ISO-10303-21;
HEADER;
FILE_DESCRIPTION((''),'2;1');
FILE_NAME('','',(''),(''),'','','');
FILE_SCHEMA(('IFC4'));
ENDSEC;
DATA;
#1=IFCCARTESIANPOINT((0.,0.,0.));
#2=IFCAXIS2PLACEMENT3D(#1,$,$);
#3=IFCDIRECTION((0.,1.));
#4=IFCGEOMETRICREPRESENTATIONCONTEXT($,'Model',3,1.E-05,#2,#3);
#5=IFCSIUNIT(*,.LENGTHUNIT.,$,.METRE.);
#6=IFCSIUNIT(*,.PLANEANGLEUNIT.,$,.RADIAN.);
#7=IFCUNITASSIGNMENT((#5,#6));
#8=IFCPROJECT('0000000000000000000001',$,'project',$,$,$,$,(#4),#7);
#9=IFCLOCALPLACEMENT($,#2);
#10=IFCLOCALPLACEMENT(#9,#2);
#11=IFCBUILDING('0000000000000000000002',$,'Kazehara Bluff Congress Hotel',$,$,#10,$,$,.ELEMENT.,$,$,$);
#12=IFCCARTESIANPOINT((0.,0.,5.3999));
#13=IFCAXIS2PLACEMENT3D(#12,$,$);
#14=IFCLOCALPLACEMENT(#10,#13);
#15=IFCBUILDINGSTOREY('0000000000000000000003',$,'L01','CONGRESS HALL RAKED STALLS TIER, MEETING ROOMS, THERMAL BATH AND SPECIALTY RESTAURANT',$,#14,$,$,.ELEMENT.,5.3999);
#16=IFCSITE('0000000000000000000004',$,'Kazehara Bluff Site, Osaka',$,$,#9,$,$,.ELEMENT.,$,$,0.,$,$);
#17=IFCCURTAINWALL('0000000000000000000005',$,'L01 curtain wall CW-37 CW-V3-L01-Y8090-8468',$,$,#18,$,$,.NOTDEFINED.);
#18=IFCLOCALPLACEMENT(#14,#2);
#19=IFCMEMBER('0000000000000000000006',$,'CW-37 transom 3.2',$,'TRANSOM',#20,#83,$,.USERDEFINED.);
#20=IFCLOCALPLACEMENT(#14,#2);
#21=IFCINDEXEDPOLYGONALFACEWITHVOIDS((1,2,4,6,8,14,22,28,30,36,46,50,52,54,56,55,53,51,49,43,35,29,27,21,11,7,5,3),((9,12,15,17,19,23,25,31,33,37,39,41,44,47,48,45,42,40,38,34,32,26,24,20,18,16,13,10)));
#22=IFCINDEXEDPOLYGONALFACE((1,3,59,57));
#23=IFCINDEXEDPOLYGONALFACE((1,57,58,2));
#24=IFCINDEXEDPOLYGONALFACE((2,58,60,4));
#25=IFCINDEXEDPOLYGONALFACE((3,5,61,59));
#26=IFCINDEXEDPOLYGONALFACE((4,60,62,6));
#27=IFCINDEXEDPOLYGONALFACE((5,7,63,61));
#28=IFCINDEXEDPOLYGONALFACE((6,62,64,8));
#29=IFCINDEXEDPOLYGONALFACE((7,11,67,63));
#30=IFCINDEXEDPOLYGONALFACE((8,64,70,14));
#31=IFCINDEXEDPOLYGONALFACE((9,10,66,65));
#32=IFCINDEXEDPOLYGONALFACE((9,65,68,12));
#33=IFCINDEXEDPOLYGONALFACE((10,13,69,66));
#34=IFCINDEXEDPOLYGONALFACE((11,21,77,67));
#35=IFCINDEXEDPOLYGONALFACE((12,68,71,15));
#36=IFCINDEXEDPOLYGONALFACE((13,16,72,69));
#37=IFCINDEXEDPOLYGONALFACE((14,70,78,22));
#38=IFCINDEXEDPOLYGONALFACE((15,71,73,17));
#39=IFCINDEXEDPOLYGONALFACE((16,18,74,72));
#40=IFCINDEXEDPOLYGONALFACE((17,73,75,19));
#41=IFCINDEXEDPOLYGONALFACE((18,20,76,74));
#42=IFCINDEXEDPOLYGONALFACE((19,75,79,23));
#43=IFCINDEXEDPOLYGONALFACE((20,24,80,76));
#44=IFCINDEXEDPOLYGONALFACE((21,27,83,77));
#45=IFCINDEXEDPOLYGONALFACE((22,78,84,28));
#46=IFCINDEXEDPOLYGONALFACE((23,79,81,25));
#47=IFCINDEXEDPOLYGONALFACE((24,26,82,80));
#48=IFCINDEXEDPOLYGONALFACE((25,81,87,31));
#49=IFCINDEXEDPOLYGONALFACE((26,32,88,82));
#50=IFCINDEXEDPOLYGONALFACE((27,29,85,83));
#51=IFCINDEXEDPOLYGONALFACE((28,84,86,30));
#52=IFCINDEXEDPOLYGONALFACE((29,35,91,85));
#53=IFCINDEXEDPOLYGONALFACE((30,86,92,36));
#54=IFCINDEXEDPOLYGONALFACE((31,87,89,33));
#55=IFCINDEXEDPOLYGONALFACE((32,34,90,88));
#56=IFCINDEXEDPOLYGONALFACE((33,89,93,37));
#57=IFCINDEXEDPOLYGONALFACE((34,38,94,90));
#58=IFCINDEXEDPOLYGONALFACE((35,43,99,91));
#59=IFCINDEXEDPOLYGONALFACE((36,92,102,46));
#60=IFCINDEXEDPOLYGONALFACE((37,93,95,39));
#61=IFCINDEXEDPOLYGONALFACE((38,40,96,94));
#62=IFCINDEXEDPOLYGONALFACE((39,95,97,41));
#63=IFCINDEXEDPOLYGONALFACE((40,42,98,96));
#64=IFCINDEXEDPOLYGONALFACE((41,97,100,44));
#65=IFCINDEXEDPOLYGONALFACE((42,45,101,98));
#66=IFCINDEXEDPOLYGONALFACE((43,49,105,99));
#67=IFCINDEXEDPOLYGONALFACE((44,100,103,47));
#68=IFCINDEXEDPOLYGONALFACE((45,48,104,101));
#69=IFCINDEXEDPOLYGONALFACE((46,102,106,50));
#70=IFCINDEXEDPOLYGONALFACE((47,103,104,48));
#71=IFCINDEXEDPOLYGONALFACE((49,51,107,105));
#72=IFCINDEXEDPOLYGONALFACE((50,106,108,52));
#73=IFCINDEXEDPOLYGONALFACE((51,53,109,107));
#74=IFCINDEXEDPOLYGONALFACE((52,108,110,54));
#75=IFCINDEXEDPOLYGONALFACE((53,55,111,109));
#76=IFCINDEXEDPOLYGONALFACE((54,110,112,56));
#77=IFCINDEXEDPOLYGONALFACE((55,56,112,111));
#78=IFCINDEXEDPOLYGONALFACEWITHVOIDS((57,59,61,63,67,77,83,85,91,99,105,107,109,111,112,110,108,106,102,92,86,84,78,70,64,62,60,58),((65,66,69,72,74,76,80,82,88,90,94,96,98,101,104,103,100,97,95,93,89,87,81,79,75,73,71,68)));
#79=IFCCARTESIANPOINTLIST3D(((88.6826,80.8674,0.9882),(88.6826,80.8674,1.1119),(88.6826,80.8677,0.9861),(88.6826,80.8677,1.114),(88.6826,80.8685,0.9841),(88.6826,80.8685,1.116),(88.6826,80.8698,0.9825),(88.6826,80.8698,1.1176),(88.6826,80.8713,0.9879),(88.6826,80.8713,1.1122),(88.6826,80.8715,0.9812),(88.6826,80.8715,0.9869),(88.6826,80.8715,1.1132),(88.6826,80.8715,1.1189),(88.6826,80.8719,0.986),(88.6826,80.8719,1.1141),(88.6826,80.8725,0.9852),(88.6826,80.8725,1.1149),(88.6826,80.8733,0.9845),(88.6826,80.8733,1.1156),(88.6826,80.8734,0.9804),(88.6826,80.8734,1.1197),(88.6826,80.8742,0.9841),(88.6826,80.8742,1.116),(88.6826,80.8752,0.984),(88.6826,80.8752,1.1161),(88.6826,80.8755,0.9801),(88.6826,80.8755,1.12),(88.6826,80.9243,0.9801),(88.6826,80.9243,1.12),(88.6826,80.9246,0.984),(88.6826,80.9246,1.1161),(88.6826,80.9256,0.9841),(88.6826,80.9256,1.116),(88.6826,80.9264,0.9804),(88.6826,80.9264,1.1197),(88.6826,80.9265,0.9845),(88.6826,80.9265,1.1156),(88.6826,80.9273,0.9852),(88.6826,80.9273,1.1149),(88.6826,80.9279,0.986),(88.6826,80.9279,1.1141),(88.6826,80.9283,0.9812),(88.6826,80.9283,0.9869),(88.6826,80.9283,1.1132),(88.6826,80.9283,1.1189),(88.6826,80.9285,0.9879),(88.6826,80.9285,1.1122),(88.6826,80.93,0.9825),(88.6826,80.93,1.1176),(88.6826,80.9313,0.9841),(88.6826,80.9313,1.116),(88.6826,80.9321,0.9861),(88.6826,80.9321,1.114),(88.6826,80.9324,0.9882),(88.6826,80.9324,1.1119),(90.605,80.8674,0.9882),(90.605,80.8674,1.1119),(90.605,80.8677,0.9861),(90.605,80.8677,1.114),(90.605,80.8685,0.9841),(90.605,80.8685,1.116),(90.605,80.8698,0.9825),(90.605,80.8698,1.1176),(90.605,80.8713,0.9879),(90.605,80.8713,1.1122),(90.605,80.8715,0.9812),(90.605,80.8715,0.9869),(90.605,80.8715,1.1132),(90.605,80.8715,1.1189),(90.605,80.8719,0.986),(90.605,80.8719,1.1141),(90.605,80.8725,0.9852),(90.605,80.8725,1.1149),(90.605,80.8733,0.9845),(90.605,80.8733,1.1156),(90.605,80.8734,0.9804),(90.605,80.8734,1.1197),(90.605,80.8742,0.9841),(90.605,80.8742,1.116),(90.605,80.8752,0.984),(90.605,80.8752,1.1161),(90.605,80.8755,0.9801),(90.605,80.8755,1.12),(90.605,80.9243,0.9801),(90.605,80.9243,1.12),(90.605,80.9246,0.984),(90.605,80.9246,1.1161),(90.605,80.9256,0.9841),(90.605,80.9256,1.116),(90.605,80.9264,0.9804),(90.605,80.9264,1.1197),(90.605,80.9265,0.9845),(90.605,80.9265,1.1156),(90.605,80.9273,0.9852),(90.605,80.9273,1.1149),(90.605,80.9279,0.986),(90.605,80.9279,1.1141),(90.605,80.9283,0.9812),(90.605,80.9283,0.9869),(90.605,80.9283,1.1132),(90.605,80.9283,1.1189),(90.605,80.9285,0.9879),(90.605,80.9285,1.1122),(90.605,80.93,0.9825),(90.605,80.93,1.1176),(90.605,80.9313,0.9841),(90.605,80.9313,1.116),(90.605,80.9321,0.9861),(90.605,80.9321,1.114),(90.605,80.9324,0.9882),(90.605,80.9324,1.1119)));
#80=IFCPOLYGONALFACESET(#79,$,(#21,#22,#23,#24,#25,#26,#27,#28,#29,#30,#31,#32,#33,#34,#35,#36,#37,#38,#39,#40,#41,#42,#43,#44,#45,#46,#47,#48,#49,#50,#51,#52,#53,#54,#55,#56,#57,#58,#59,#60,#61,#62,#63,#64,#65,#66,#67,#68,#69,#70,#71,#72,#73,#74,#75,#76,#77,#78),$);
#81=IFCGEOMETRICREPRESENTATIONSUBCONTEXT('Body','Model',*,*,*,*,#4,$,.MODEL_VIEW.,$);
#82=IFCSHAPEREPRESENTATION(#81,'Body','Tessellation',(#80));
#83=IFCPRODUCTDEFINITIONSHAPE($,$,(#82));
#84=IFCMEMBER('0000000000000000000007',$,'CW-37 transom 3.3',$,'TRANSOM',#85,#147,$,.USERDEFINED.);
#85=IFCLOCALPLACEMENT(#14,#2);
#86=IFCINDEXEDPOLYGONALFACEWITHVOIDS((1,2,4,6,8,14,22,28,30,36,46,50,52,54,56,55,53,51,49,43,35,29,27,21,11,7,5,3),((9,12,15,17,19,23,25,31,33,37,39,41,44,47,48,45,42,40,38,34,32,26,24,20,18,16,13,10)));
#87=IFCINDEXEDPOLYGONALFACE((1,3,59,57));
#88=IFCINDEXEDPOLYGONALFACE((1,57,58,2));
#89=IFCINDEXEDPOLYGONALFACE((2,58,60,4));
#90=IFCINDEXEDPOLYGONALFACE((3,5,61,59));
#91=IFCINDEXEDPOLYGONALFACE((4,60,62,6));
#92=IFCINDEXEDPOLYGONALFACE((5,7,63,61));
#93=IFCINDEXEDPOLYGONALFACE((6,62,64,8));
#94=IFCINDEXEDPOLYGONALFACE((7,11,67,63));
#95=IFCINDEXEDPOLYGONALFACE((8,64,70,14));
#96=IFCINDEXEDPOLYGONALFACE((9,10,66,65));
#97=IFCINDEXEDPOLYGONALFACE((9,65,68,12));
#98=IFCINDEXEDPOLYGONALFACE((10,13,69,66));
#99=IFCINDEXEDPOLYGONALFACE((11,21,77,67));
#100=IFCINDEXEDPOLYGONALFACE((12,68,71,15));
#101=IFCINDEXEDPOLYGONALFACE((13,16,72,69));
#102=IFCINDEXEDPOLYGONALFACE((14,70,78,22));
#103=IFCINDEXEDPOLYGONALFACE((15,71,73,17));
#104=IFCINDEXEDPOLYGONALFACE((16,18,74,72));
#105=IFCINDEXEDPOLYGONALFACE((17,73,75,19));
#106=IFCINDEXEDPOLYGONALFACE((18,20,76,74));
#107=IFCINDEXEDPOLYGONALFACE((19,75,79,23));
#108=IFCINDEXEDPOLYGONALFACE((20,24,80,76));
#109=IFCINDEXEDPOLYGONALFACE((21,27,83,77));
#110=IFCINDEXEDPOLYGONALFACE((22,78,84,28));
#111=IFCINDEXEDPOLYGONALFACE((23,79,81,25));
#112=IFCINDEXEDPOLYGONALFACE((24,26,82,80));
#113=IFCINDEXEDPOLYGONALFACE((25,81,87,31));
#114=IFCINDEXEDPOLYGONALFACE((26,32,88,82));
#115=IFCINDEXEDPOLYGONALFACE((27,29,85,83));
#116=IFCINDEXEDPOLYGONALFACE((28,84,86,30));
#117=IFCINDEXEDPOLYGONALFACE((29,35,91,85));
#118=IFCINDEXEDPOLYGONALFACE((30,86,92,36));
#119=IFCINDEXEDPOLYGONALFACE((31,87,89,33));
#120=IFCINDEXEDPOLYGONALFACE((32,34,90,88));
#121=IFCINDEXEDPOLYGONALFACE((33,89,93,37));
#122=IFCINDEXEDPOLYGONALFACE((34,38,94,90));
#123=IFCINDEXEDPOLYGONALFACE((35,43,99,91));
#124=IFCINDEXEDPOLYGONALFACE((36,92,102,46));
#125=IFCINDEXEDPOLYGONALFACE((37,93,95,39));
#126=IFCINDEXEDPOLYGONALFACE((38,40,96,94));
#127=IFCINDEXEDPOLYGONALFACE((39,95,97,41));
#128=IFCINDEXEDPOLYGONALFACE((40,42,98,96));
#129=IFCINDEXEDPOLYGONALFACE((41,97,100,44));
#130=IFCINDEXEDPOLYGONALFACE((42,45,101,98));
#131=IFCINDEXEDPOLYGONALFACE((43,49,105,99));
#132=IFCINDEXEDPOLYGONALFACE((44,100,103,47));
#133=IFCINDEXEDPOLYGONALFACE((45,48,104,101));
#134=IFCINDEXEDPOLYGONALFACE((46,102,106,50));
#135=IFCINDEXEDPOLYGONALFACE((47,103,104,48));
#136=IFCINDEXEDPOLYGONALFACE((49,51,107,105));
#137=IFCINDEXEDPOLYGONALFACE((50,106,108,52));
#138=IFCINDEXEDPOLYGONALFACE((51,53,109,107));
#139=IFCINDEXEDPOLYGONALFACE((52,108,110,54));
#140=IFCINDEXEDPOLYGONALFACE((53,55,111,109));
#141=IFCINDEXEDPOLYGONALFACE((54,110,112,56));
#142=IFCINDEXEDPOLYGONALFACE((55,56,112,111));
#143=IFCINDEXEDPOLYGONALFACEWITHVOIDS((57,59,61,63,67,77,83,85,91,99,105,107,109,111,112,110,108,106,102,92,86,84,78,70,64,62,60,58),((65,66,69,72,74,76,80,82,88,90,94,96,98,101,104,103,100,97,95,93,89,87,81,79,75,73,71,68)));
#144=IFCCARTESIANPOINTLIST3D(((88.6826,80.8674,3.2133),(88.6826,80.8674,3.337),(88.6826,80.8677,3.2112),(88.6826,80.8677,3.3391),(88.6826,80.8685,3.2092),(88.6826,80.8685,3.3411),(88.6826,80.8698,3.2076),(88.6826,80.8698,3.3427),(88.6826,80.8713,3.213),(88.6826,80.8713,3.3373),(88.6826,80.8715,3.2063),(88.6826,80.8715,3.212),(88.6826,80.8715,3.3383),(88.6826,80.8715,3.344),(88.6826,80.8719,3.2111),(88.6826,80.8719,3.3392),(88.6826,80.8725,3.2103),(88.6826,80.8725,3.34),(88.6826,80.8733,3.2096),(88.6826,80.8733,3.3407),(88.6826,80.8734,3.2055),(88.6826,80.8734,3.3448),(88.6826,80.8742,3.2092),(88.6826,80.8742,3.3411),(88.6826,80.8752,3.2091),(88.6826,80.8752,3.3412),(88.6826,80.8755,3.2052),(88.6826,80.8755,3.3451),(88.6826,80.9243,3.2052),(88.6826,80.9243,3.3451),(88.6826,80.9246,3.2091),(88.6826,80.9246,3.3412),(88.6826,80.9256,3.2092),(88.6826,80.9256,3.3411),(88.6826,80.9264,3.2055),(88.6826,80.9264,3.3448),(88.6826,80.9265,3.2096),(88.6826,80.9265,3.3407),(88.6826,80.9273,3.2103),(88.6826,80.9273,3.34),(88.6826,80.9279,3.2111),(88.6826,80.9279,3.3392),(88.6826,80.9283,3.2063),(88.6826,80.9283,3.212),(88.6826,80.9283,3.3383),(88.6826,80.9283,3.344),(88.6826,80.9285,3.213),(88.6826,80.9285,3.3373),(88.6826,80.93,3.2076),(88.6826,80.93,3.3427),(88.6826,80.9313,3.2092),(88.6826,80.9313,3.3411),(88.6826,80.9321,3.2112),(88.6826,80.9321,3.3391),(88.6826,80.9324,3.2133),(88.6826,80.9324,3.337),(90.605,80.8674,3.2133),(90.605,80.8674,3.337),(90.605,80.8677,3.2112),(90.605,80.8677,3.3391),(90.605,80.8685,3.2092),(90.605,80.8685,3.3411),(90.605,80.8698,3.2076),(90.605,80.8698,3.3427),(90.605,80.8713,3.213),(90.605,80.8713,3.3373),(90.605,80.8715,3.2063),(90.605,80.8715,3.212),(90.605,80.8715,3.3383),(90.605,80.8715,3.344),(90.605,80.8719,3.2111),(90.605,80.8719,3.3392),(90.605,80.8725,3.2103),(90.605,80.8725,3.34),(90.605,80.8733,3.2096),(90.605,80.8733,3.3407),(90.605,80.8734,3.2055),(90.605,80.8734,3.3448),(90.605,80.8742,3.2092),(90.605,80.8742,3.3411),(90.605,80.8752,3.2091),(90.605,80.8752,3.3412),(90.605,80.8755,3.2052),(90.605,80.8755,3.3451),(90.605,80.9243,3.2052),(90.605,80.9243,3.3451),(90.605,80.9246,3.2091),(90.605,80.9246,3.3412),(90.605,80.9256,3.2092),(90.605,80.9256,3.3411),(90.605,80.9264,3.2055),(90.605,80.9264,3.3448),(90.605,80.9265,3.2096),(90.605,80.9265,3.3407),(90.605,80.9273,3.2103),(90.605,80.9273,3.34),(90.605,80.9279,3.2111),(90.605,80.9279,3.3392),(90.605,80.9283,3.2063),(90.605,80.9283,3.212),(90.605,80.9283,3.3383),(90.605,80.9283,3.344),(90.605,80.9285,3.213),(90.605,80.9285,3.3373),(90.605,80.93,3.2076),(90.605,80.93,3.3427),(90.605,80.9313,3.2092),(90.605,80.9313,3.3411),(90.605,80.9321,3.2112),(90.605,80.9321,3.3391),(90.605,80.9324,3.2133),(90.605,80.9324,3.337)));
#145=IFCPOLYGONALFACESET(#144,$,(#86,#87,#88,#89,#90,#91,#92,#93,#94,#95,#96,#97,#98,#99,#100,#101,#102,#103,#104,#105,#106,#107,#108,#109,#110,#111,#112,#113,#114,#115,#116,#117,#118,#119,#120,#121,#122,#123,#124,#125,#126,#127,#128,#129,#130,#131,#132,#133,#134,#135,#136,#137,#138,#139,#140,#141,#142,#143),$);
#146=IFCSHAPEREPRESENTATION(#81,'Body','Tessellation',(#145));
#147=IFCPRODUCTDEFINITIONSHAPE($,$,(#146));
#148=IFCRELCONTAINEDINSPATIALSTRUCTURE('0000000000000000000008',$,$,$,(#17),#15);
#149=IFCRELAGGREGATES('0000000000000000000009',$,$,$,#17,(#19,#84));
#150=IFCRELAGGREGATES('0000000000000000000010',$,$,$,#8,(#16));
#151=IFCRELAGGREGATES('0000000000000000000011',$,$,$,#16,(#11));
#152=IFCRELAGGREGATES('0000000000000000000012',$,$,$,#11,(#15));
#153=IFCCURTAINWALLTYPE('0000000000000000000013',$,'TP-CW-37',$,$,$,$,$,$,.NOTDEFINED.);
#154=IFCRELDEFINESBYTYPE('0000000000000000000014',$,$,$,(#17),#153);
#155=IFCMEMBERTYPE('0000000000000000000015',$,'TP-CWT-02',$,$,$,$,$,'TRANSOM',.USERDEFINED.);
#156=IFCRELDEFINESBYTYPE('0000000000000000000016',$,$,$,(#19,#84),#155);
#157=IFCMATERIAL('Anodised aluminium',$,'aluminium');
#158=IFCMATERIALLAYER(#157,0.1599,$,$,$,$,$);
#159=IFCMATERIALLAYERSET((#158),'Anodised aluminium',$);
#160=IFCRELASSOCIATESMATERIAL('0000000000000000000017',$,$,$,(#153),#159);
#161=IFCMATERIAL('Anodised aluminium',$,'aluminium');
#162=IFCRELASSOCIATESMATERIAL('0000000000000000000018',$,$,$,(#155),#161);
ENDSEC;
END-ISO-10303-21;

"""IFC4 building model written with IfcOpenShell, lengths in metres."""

from ifc_helpers import new_model, si_unit, direction, frame, origin, origin_2d, place, context, subcontext, project, spatial, hollow_rectangle, extrude, material, layer, layer_set, material_profile, profile_set, type_object, element, aggregate, save


model = new_model("IFC4")

# Units and contexts
model_context = context("Model", 3, precision=1e-05, world=origin(), true_north=direction((0.0, 1.0)))
body_context = subcontext(model_context, "Body", "Model", "MODEL_VIEW")
ifc_project = project(units=[si_unit("LENGTHUNIT", "METRE"), si_unit("PLANEANGLEUNIT", "RADIAN")], contexts=[model_context])

# Site, building, storey
site_placement = place(None, origin())
site = spatial("IfcSite", under=ifc_project, at=site_placement, Name="Kazehara Bluff Site, Osaka", CompositionType="ELEMENT", RefElevation=0.0)
building_placement = place(site_placement, origin())
building = spatial("IfcBuilding", under=site, at=building_placement, Name="Kazehara Bluff Congress Hotel", CompositionType="ELEMENT")
storey_placement = place(building_placement, frame((0.0, 0.0, 5.3999)))
storey = spatial("IfcBuildingStorey", under=building, at=storey_placement, Name="L01", Description="CONGRESS HALL RAKED STALLS TIER, MEETING ROOMS, THERMAL BATH AND SPECIALTY RESTAURANT", CompositionType="ELEMENT", Elevation=5.3999)

# Curtain wall
ifc_material_1 = material(Name="Anodised aluminium", Category="aluminium")
ifc_layer_1 = layer(ifc_material_1, 0.1599)
ifc_layer_set_1 = layer_set([ifc_layer_1], Name="Anodised aluminium")
curtain_wall_type = type_object("IfcCurtainWallType", Name="TP-CW-37", PredefinedType="NOTDEFINED", material=ifc_layer_set_1)
curtain_wall_1_placement = place(storey_placement, origin())
curtain_wall_1 = element("IfcCurtainWall", 1, at=curtain_wall_1_placement, inside=storey, type_object=curtain_wall_type, Name="L01 curtain wall CW-37 CW-V3-L01-Y8090-8468", PredefinedType="NOTDEFINED")

# Members
ifc_material_2 = material(Name="Anodised aluminium", Category="aluminium")
ifc_material_profile_1 = material_profile(ifc_material_2, hollow_rectangle(XDim=0.0649, YDim=0.1399, WallThickness=0.0039, InnerFilletRadius=0.0039, OuterFilletRadius=0.0081, at=origin_2d()))
ifc_profile_set_1 = profile_set([ifc_material_profile_1], Name="Anodised aluminium")
member_type_1 = type_object("IfcMemberType", Name="TP-CWT-02", ElementType="TRANSOM", PredefinedType="USERDEFINED", material=ifc_profile_set_1)
member_1_placement = place(storey_placement, frame((88.6826, 80.8999, 1.05), z_axis=(1.0, 0.0, 0.0), x_axis=(0.0, 1.0, 0.0)))
member_1 = element("IfcMember", 2, at=member_1_placement, type_object=member_type_1, Name="CW-37 transom 3.2", ObjectType="TRANSOM", PredefinedType="USERDEFINED", context=body_context, shape_type="SweptSolid", body=[
    extrude(hollow_rectangle(XDim=0.0649, YDim=0.1399, WallThickness=0.0039, InnerFilletRadius=0.0039, OuterFilletRadius=0.0081, at=origin_2d()), origin(), (0.0, 0.0, 1.0), 1.9224),
])
member_2_placement = place(storey_placement, frame((88.6826, 80.8999, 3.2751), z_axis=(1.0, 0.0, 0.0), x_axis=(0.0, 1.0, 0.0)))
member_2 = element("IfcMember", 3, at=member_2_placement, type_object=member_type_1, Name="CW-37 transom 3.3", ObjectType="TRANSOM", PredefinedType="USERDEFINED", context=body_context, shape_type="SweptSolid", body=[
    extrude(hollow_rectangle(XDim=0.0649, YDim=0.1399, WallThickness=0.0039, InnerFilletRadius=0.0039, OuterFilletRadius=0.0081, at=origin_2d()), origin(), (0.0, 0.0, 1.0), 1.9224),
])

aggregate(curtain_wall_1, [member_1, member_2])

save(model, "model.ifc")
